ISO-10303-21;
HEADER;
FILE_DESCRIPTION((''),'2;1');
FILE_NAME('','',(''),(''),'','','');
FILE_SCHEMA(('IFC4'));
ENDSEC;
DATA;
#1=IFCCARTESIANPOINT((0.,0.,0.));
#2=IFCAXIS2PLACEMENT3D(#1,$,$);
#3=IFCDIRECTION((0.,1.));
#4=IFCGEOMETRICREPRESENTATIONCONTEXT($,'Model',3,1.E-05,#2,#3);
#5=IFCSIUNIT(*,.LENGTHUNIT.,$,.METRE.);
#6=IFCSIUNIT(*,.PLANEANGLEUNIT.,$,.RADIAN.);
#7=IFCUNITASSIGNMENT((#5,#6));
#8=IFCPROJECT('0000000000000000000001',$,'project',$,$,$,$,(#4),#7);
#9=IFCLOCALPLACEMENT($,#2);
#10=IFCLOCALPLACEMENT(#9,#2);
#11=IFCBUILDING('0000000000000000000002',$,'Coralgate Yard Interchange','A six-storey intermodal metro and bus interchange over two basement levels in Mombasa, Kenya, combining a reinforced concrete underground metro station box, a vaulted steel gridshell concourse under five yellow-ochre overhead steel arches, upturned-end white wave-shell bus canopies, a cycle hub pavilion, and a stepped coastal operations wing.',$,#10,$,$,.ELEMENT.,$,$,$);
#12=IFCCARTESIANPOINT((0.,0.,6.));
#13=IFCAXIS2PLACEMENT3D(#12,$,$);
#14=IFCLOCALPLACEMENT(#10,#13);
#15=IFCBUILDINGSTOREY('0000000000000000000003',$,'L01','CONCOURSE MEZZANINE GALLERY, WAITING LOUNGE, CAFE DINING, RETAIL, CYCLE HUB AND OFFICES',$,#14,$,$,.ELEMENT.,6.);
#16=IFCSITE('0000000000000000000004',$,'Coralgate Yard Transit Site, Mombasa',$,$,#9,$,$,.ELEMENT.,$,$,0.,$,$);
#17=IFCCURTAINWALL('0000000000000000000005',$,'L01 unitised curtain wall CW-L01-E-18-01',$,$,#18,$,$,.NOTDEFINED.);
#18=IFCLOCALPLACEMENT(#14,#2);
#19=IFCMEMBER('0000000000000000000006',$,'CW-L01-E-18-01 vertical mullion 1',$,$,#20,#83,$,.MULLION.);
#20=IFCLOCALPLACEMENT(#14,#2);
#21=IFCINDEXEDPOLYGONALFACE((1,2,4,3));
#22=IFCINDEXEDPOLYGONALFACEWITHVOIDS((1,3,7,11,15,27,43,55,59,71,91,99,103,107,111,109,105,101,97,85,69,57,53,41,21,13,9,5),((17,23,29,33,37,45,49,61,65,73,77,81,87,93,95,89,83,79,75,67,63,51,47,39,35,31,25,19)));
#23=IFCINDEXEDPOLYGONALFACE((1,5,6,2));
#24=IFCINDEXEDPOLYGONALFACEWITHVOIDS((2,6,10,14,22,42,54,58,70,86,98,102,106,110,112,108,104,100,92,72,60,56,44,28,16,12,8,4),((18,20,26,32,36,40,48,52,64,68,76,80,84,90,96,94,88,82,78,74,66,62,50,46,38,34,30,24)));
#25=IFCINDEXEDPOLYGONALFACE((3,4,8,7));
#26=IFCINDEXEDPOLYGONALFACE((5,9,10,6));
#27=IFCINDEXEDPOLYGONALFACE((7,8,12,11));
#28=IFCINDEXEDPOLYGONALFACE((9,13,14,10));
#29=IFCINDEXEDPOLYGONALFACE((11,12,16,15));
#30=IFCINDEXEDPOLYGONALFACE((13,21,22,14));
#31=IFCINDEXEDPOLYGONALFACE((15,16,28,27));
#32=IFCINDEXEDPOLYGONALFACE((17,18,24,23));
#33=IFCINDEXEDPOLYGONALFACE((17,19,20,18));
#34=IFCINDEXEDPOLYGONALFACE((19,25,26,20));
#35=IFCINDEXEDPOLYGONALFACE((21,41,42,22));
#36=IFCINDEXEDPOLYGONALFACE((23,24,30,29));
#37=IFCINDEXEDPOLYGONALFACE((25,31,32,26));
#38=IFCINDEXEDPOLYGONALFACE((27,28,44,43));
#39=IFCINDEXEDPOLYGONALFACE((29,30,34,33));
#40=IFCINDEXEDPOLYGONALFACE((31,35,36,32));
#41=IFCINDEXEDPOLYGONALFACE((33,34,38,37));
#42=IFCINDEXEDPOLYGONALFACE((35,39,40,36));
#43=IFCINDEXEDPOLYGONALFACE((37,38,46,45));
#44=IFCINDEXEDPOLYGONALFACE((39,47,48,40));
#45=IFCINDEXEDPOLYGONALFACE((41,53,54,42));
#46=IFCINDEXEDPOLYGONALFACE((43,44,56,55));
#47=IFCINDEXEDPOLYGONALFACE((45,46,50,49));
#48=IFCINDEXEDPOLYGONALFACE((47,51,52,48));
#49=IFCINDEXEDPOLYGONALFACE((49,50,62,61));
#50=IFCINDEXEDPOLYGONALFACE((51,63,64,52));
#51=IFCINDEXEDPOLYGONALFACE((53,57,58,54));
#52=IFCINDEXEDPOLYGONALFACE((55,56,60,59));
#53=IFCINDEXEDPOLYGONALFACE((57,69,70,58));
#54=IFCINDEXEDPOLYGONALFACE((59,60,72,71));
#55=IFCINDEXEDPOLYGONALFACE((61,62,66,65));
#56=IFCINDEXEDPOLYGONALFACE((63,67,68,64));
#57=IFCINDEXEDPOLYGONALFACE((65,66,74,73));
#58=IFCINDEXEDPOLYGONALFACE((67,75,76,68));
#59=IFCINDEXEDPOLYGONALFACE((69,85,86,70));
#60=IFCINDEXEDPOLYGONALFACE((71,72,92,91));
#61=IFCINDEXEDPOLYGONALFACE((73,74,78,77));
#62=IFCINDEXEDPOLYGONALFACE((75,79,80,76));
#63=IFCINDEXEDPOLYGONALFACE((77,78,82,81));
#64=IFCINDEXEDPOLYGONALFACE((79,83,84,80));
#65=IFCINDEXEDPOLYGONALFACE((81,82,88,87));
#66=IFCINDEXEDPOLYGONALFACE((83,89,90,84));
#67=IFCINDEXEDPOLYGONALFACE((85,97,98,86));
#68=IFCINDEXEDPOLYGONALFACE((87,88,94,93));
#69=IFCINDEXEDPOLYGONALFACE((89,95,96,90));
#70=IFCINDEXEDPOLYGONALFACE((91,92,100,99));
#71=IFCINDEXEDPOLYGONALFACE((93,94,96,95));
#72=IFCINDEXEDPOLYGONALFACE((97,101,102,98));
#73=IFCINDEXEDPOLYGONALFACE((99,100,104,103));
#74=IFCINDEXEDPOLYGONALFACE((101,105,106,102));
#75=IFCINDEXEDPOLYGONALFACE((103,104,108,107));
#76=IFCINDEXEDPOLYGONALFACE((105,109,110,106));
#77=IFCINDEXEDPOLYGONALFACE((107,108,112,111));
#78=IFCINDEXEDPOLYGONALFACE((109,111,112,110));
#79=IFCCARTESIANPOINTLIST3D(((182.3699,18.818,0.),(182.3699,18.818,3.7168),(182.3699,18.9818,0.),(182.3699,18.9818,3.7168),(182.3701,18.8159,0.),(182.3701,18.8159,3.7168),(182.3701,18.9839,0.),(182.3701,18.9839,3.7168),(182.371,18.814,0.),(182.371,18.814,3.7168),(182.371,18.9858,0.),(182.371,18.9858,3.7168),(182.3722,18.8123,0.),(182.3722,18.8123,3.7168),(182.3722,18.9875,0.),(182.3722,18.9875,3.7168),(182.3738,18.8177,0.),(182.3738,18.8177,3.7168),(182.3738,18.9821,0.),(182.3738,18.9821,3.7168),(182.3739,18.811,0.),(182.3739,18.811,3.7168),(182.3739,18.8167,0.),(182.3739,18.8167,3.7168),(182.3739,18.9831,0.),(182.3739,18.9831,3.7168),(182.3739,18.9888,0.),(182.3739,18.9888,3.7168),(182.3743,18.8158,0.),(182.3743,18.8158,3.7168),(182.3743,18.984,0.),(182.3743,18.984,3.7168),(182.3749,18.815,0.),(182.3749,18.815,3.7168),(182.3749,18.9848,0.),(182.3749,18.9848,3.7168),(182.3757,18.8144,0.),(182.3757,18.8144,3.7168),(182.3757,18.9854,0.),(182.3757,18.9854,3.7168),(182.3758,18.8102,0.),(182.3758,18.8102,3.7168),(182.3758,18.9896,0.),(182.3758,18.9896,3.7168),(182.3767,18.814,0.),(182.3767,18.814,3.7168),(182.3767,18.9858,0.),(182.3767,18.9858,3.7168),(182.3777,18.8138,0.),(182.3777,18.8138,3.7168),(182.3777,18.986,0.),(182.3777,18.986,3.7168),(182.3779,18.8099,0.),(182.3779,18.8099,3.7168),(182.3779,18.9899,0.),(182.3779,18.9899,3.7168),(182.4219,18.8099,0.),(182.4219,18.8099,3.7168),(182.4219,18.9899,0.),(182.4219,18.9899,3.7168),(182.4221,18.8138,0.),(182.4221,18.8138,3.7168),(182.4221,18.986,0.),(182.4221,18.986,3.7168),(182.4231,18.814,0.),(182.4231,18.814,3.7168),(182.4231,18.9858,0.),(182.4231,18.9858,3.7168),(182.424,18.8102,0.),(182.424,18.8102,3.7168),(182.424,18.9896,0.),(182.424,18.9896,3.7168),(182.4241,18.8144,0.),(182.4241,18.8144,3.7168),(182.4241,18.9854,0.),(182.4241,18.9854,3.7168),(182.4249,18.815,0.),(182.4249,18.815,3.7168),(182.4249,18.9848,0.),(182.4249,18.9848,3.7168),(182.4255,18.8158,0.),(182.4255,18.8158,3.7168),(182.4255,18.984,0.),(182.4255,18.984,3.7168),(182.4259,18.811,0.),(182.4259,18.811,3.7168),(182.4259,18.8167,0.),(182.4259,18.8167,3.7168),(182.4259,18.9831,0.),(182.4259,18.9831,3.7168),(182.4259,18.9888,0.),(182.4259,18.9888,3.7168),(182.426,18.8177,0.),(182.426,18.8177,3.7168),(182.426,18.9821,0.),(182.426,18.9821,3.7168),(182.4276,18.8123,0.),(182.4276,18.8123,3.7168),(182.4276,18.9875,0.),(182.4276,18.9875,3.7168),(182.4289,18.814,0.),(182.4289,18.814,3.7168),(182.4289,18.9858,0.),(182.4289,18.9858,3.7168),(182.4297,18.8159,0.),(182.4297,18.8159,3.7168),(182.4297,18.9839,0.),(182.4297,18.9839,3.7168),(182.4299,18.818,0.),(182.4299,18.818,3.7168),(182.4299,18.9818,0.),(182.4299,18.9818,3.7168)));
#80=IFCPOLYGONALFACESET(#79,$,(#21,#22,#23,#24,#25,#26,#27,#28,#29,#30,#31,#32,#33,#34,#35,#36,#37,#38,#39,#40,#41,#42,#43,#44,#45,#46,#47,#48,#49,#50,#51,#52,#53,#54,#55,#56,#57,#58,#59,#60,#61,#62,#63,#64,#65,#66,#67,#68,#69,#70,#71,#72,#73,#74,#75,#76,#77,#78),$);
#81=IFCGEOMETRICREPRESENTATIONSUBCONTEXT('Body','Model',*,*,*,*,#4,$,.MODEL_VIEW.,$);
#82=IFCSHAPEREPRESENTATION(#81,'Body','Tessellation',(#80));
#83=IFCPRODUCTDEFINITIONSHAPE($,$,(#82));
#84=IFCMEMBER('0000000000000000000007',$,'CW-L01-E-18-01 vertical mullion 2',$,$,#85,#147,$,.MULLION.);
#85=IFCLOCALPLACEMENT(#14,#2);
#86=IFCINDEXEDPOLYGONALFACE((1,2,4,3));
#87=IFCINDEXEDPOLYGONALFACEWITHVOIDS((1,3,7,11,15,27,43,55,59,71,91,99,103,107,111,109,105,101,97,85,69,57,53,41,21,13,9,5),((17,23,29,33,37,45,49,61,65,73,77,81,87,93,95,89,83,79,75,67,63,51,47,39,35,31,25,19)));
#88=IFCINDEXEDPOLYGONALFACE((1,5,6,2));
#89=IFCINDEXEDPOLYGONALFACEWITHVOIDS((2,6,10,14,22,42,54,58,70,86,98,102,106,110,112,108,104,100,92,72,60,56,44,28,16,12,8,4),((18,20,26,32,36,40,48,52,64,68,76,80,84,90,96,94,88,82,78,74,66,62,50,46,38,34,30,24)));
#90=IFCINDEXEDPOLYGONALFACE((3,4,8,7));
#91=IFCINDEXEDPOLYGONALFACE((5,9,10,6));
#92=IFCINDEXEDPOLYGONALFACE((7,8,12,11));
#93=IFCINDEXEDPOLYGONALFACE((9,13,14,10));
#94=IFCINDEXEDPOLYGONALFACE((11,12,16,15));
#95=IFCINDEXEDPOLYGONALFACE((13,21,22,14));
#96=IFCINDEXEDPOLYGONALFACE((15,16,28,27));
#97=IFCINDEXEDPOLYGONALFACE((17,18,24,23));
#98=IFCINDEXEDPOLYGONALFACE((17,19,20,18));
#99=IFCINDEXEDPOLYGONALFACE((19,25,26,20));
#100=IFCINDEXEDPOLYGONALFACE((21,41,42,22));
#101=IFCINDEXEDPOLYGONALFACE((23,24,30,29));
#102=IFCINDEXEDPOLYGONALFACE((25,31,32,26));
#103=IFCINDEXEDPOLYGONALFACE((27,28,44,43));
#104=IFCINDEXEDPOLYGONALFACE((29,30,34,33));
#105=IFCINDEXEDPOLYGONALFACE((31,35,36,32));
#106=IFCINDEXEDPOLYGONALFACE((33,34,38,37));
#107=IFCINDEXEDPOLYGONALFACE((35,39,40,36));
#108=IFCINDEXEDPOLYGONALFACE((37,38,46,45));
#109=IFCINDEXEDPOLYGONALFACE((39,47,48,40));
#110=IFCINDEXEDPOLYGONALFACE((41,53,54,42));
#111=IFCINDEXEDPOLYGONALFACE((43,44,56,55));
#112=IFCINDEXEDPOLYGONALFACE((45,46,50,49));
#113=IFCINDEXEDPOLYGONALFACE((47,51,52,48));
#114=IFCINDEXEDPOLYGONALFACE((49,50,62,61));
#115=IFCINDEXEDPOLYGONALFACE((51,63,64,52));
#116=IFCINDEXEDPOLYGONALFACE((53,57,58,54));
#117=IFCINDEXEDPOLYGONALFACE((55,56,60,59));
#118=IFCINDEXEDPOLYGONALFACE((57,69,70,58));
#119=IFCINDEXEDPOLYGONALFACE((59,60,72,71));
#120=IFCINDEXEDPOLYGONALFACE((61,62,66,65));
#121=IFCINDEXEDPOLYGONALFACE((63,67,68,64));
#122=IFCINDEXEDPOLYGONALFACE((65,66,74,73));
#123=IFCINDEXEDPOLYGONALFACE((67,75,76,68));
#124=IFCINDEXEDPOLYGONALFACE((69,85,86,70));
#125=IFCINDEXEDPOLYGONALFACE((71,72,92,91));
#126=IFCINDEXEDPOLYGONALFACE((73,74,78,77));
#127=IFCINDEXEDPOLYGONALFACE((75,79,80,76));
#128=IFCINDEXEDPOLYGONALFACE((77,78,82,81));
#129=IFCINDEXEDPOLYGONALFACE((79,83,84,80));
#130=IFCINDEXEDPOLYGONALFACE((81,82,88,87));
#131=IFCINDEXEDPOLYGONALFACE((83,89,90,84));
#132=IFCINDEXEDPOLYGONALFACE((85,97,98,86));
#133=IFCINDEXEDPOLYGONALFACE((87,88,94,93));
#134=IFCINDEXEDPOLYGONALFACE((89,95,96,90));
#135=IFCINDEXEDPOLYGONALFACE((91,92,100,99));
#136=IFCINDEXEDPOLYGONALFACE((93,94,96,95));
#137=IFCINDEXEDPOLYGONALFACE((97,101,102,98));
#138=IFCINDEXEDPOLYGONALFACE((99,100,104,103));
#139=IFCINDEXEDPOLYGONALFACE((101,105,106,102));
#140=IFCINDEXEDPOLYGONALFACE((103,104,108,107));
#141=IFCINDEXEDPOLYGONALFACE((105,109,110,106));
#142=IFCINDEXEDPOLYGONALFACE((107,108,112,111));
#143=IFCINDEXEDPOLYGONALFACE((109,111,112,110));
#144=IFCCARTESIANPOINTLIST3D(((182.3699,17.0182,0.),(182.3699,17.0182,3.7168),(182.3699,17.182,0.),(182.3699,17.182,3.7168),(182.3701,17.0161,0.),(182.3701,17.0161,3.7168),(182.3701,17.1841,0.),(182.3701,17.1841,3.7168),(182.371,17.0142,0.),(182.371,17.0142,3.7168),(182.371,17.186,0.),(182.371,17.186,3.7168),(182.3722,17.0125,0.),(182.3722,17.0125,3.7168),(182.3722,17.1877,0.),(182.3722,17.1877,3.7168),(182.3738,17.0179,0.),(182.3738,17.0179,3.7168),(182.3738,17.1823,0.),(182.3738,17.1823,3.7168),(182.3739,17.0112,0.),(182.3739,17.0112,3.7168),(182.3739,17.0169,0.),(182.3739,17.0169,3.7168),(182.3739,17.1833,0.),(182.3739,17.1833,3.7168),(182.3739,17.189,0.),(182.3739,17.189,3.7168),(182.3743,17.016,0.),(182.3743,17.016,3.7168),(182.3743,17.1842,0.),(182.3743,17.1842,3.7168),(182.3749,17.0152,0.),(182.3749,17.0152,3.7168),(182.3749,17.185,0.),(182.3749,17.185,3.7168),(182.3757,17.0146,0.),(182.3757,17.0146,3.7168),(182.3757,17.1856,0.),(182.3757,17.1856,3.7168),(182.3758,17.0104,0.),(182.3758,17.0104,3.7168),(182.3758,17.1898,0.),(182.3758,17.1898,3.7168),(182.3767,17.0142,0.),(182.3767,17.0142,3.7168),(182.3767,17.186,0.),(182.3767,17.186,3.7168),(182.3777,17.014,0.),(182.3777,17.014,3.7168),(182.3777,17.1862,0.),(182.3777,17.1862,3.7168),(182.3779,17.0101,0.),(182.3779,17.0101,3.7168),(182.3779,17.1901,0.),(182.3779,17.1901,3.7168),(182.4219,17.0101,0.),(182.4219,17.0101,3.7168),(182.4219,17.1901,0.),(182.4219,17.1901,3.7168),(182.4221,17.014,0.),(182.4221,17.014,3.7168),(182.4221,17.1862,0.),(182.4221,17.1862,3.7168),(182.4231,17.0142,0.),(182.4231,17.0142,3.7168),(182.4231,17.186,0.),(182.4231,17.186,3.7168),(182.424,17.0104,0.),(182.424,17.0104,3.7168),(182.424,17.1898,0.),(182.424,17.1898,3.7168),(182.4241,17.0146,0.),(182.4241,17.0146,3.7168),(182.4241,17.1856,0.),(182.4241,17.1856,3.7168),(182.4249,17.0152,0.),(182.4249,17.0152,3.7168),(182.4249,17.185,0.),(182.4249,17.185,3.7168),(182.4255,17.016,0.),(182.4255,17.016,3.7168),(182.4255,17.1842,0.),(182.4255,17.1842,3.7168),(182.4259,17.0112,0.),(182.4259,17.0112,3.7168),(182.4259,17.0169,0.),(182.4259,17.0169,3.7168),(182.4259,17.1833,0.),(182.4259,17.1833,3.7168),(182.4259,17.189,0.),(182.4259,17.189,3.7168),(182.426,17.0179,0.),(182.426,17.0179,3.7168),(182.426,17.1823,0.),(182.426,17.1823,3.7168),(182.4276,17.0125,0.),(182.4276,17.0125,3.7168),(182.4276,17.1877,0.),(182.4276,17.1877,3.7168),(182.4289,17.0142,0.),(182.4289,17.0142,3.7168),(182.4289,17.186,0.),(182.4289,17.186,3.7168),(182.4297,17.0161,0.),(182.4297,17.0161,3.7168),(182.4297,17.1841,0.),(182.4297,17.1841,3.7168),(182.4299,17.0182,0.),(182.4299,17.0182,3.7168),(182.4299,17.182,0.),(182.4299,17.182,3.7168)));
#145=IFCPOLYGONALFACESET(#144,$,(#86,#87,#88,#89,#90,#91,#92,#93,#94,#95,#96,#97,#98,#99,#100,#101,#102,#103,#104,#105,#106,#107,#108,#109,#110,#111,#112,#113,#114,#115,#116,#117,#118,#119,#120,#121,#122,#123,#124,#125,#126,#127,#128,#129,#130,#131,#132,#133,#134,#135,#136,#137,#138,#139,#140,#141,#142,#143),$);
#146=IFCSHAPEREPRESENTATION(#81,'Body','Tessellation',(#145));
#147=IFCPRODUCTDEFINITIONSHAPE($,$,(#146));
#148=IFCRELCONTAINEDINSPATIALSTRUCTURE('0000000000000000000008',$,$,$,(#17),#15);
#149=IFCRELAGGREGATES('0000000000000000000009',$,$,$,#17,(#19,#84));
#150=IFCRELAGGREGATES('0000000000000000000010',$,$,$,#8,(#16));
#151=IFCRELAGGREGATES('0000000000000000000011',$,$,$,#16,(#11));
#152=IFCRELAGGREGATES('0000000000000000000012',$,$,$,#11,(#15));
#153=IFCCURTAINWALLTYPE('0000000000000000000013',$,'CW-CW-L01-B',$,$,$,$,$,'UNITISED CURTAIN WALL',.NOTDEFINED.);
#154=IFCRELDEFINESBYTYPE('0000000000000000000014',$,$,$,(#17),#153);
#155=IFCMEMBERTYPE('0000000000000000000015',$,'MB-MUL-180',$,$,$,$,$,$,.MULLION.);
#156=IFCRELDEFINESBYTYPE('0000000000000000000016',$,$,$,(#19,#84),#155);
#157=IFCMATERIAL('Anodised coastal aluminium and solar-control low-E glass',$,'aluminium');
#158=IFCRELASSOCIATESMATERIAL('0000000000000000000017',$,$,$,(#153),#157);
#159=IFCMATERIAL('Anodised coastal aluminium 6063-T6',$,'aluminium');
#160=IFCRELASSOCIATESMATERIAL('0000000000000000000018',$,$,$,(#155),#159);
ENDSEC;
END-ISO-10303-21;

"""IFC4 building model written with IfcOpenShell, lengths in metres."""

from ifc_helpers import new_model, si_unit, direction, frame, origin, origin_2d, place, context, subcontext, project, spatial, hollow_rectangle, extrude, material, material_profile, profile_set, type_object, element, aggregate, save


model = new_model("IFC4")

# Units and contexts
model_context = context("Model", 3, precision=1e-05, world=origin(), true_north=direction((0.0, 1.0)))
body_context = subcontext(model_context, "Body", "Model", "MODEL_VIEW")
ifc_project = project(units=[si_unit("LENGTHUNIT", "METRE"), si_unit("PLANEANGLEUNIT", "RADIAN")], contexts=[model_context])

# Site, building, storey
site_placement = place(None, origin())
site = spatial("IfcSite", under=ifc_project, at=site_placement, Name="Coralgate Yard Transit Site, Mombasa", CompositionType="ELEMENT", RefElevation=0.0)
building_placement = place(site_placement, origin())
building = spatial("IfcBuilding", under=site, at=building_placement, Name="Coralgate Yard Interchange", Description="A six-storey intermodal metro and bus interchange over two basement levels in Mombasa, Kenya, combining a reinforced concrete underground metro station box, a vaulted steel gridshell concourse under five yellow-ochre overhead steel arches, upturned-end white wave-shell bus canopies, a cycle hub pavilion, and a stepped coastal operations wing.", CompositionType="ELEMENT")
storey_placement = place(building_placement, frame((0.0, 0.0, 6.0)))
storey = spatial("IfcBuildingStorey", under=building, at=storey_placement, Name="L01", Description="CONCOURSE MEZZANINE GALLERY, WAITING LOUNGE, CAFE DINING, RETAIL, CYCLE HUB AND OFFICES", CompositionType="ELEMENT", Elevation=6.0)

# Curtain wall, members
ifc_material_1 = material(Name="Anodised coastal aluminium and solar-control low-E glass", Category="aluminium")
curtain_wall_type = type_object("IfcCurtainWallType", Name="CW-CW-L01-B", ElementType="UNITISED CURTAIN WALL", PredefinedType="NOTDEFINED", material=ifc_material_1)
curtain_wall_placement = place(storey_placement, origin())
curtain_wall = element("IfcCurtainWall", 1, at=curtain_wall_placement, inside=storey, type_object=curtain_wall_type, Name="L01 unitised curtain wall CW-L01-E-18-01", PredefinedType="NOTDEFINED")
ifc_material_2 = material(Name="Anodised coastal aluminium 6063-T6", Category="aluminium")
ifc_material_profile_1 = material_profile(ifc_material_2, hollow_rectangle(XDim=0.0601, YDim=0.1799, WallThickness=0.0039, InnerFilletRadius=0.0039, OuterFilletRadius=0.0081, at=origin_2d()), Name="ALU 60x180x4")
ifc_profile_set_1 = profile_set([ifc_material_profile_1], Name="Anodised coastal aluminium 6063-T6")
member_type_1 = type_object("IfcMemberType", Name="MB-MUL-180", PredefinedType="MULLION", material=ifc_profile_set_1)
member_1_placement = place(storey_placement, frame((182.3999, 18.8999, 0.0), z_axis=(0.0, 0.0, 1.0), x_axis=(1.0, 0.0, 0.0)))
member_1 = element("IfcMember", 2, at=member_1_placement, type_object=member_type_1, Name="CW-L01-E-18-01 vertical mullion 1", PredefinedType="MULLION", context=body_context, shape_type="SweptSolid", body=[
    extrude(hollow_rectangle(XDim=0.0601, YDim=0.1799, WallThickness=0.0039, InnerFilletRadius=0.0039, OuterFilletRadius=0.0081, at=origin_2d()), origin(), (0.0, 0.0, 1.0), 3.7168),
])
member_2_placement = place(storey_placement, frame((182.3999, 17.1001, 0.0), z_axis=(0.0, 0.0, 1.0), x_axis=(1.0, 0.0, 0.0)))
member_2 = element("IfcMember", 3, at=member_2_placement, type_object=member_type_1, Name="CW-L01-E-18-01 vertical mullion 2", PredefinedType="MULLION", context=body_context, shape_type="SweptSolid", body=[
    extrude(hollow_rectangle(XDim=0.0601, YDim=0.1799, WallThickness=0.0039, InnerFilletRadius=0.0039, OuterFilletRadius=0.0081, at=origin_2d()), origin(), (0.0, 0.0, 1.0), 3.7168),
])
aggregate(curtain_wall, [member_1, member_2])

save(model, "model.ifc")
